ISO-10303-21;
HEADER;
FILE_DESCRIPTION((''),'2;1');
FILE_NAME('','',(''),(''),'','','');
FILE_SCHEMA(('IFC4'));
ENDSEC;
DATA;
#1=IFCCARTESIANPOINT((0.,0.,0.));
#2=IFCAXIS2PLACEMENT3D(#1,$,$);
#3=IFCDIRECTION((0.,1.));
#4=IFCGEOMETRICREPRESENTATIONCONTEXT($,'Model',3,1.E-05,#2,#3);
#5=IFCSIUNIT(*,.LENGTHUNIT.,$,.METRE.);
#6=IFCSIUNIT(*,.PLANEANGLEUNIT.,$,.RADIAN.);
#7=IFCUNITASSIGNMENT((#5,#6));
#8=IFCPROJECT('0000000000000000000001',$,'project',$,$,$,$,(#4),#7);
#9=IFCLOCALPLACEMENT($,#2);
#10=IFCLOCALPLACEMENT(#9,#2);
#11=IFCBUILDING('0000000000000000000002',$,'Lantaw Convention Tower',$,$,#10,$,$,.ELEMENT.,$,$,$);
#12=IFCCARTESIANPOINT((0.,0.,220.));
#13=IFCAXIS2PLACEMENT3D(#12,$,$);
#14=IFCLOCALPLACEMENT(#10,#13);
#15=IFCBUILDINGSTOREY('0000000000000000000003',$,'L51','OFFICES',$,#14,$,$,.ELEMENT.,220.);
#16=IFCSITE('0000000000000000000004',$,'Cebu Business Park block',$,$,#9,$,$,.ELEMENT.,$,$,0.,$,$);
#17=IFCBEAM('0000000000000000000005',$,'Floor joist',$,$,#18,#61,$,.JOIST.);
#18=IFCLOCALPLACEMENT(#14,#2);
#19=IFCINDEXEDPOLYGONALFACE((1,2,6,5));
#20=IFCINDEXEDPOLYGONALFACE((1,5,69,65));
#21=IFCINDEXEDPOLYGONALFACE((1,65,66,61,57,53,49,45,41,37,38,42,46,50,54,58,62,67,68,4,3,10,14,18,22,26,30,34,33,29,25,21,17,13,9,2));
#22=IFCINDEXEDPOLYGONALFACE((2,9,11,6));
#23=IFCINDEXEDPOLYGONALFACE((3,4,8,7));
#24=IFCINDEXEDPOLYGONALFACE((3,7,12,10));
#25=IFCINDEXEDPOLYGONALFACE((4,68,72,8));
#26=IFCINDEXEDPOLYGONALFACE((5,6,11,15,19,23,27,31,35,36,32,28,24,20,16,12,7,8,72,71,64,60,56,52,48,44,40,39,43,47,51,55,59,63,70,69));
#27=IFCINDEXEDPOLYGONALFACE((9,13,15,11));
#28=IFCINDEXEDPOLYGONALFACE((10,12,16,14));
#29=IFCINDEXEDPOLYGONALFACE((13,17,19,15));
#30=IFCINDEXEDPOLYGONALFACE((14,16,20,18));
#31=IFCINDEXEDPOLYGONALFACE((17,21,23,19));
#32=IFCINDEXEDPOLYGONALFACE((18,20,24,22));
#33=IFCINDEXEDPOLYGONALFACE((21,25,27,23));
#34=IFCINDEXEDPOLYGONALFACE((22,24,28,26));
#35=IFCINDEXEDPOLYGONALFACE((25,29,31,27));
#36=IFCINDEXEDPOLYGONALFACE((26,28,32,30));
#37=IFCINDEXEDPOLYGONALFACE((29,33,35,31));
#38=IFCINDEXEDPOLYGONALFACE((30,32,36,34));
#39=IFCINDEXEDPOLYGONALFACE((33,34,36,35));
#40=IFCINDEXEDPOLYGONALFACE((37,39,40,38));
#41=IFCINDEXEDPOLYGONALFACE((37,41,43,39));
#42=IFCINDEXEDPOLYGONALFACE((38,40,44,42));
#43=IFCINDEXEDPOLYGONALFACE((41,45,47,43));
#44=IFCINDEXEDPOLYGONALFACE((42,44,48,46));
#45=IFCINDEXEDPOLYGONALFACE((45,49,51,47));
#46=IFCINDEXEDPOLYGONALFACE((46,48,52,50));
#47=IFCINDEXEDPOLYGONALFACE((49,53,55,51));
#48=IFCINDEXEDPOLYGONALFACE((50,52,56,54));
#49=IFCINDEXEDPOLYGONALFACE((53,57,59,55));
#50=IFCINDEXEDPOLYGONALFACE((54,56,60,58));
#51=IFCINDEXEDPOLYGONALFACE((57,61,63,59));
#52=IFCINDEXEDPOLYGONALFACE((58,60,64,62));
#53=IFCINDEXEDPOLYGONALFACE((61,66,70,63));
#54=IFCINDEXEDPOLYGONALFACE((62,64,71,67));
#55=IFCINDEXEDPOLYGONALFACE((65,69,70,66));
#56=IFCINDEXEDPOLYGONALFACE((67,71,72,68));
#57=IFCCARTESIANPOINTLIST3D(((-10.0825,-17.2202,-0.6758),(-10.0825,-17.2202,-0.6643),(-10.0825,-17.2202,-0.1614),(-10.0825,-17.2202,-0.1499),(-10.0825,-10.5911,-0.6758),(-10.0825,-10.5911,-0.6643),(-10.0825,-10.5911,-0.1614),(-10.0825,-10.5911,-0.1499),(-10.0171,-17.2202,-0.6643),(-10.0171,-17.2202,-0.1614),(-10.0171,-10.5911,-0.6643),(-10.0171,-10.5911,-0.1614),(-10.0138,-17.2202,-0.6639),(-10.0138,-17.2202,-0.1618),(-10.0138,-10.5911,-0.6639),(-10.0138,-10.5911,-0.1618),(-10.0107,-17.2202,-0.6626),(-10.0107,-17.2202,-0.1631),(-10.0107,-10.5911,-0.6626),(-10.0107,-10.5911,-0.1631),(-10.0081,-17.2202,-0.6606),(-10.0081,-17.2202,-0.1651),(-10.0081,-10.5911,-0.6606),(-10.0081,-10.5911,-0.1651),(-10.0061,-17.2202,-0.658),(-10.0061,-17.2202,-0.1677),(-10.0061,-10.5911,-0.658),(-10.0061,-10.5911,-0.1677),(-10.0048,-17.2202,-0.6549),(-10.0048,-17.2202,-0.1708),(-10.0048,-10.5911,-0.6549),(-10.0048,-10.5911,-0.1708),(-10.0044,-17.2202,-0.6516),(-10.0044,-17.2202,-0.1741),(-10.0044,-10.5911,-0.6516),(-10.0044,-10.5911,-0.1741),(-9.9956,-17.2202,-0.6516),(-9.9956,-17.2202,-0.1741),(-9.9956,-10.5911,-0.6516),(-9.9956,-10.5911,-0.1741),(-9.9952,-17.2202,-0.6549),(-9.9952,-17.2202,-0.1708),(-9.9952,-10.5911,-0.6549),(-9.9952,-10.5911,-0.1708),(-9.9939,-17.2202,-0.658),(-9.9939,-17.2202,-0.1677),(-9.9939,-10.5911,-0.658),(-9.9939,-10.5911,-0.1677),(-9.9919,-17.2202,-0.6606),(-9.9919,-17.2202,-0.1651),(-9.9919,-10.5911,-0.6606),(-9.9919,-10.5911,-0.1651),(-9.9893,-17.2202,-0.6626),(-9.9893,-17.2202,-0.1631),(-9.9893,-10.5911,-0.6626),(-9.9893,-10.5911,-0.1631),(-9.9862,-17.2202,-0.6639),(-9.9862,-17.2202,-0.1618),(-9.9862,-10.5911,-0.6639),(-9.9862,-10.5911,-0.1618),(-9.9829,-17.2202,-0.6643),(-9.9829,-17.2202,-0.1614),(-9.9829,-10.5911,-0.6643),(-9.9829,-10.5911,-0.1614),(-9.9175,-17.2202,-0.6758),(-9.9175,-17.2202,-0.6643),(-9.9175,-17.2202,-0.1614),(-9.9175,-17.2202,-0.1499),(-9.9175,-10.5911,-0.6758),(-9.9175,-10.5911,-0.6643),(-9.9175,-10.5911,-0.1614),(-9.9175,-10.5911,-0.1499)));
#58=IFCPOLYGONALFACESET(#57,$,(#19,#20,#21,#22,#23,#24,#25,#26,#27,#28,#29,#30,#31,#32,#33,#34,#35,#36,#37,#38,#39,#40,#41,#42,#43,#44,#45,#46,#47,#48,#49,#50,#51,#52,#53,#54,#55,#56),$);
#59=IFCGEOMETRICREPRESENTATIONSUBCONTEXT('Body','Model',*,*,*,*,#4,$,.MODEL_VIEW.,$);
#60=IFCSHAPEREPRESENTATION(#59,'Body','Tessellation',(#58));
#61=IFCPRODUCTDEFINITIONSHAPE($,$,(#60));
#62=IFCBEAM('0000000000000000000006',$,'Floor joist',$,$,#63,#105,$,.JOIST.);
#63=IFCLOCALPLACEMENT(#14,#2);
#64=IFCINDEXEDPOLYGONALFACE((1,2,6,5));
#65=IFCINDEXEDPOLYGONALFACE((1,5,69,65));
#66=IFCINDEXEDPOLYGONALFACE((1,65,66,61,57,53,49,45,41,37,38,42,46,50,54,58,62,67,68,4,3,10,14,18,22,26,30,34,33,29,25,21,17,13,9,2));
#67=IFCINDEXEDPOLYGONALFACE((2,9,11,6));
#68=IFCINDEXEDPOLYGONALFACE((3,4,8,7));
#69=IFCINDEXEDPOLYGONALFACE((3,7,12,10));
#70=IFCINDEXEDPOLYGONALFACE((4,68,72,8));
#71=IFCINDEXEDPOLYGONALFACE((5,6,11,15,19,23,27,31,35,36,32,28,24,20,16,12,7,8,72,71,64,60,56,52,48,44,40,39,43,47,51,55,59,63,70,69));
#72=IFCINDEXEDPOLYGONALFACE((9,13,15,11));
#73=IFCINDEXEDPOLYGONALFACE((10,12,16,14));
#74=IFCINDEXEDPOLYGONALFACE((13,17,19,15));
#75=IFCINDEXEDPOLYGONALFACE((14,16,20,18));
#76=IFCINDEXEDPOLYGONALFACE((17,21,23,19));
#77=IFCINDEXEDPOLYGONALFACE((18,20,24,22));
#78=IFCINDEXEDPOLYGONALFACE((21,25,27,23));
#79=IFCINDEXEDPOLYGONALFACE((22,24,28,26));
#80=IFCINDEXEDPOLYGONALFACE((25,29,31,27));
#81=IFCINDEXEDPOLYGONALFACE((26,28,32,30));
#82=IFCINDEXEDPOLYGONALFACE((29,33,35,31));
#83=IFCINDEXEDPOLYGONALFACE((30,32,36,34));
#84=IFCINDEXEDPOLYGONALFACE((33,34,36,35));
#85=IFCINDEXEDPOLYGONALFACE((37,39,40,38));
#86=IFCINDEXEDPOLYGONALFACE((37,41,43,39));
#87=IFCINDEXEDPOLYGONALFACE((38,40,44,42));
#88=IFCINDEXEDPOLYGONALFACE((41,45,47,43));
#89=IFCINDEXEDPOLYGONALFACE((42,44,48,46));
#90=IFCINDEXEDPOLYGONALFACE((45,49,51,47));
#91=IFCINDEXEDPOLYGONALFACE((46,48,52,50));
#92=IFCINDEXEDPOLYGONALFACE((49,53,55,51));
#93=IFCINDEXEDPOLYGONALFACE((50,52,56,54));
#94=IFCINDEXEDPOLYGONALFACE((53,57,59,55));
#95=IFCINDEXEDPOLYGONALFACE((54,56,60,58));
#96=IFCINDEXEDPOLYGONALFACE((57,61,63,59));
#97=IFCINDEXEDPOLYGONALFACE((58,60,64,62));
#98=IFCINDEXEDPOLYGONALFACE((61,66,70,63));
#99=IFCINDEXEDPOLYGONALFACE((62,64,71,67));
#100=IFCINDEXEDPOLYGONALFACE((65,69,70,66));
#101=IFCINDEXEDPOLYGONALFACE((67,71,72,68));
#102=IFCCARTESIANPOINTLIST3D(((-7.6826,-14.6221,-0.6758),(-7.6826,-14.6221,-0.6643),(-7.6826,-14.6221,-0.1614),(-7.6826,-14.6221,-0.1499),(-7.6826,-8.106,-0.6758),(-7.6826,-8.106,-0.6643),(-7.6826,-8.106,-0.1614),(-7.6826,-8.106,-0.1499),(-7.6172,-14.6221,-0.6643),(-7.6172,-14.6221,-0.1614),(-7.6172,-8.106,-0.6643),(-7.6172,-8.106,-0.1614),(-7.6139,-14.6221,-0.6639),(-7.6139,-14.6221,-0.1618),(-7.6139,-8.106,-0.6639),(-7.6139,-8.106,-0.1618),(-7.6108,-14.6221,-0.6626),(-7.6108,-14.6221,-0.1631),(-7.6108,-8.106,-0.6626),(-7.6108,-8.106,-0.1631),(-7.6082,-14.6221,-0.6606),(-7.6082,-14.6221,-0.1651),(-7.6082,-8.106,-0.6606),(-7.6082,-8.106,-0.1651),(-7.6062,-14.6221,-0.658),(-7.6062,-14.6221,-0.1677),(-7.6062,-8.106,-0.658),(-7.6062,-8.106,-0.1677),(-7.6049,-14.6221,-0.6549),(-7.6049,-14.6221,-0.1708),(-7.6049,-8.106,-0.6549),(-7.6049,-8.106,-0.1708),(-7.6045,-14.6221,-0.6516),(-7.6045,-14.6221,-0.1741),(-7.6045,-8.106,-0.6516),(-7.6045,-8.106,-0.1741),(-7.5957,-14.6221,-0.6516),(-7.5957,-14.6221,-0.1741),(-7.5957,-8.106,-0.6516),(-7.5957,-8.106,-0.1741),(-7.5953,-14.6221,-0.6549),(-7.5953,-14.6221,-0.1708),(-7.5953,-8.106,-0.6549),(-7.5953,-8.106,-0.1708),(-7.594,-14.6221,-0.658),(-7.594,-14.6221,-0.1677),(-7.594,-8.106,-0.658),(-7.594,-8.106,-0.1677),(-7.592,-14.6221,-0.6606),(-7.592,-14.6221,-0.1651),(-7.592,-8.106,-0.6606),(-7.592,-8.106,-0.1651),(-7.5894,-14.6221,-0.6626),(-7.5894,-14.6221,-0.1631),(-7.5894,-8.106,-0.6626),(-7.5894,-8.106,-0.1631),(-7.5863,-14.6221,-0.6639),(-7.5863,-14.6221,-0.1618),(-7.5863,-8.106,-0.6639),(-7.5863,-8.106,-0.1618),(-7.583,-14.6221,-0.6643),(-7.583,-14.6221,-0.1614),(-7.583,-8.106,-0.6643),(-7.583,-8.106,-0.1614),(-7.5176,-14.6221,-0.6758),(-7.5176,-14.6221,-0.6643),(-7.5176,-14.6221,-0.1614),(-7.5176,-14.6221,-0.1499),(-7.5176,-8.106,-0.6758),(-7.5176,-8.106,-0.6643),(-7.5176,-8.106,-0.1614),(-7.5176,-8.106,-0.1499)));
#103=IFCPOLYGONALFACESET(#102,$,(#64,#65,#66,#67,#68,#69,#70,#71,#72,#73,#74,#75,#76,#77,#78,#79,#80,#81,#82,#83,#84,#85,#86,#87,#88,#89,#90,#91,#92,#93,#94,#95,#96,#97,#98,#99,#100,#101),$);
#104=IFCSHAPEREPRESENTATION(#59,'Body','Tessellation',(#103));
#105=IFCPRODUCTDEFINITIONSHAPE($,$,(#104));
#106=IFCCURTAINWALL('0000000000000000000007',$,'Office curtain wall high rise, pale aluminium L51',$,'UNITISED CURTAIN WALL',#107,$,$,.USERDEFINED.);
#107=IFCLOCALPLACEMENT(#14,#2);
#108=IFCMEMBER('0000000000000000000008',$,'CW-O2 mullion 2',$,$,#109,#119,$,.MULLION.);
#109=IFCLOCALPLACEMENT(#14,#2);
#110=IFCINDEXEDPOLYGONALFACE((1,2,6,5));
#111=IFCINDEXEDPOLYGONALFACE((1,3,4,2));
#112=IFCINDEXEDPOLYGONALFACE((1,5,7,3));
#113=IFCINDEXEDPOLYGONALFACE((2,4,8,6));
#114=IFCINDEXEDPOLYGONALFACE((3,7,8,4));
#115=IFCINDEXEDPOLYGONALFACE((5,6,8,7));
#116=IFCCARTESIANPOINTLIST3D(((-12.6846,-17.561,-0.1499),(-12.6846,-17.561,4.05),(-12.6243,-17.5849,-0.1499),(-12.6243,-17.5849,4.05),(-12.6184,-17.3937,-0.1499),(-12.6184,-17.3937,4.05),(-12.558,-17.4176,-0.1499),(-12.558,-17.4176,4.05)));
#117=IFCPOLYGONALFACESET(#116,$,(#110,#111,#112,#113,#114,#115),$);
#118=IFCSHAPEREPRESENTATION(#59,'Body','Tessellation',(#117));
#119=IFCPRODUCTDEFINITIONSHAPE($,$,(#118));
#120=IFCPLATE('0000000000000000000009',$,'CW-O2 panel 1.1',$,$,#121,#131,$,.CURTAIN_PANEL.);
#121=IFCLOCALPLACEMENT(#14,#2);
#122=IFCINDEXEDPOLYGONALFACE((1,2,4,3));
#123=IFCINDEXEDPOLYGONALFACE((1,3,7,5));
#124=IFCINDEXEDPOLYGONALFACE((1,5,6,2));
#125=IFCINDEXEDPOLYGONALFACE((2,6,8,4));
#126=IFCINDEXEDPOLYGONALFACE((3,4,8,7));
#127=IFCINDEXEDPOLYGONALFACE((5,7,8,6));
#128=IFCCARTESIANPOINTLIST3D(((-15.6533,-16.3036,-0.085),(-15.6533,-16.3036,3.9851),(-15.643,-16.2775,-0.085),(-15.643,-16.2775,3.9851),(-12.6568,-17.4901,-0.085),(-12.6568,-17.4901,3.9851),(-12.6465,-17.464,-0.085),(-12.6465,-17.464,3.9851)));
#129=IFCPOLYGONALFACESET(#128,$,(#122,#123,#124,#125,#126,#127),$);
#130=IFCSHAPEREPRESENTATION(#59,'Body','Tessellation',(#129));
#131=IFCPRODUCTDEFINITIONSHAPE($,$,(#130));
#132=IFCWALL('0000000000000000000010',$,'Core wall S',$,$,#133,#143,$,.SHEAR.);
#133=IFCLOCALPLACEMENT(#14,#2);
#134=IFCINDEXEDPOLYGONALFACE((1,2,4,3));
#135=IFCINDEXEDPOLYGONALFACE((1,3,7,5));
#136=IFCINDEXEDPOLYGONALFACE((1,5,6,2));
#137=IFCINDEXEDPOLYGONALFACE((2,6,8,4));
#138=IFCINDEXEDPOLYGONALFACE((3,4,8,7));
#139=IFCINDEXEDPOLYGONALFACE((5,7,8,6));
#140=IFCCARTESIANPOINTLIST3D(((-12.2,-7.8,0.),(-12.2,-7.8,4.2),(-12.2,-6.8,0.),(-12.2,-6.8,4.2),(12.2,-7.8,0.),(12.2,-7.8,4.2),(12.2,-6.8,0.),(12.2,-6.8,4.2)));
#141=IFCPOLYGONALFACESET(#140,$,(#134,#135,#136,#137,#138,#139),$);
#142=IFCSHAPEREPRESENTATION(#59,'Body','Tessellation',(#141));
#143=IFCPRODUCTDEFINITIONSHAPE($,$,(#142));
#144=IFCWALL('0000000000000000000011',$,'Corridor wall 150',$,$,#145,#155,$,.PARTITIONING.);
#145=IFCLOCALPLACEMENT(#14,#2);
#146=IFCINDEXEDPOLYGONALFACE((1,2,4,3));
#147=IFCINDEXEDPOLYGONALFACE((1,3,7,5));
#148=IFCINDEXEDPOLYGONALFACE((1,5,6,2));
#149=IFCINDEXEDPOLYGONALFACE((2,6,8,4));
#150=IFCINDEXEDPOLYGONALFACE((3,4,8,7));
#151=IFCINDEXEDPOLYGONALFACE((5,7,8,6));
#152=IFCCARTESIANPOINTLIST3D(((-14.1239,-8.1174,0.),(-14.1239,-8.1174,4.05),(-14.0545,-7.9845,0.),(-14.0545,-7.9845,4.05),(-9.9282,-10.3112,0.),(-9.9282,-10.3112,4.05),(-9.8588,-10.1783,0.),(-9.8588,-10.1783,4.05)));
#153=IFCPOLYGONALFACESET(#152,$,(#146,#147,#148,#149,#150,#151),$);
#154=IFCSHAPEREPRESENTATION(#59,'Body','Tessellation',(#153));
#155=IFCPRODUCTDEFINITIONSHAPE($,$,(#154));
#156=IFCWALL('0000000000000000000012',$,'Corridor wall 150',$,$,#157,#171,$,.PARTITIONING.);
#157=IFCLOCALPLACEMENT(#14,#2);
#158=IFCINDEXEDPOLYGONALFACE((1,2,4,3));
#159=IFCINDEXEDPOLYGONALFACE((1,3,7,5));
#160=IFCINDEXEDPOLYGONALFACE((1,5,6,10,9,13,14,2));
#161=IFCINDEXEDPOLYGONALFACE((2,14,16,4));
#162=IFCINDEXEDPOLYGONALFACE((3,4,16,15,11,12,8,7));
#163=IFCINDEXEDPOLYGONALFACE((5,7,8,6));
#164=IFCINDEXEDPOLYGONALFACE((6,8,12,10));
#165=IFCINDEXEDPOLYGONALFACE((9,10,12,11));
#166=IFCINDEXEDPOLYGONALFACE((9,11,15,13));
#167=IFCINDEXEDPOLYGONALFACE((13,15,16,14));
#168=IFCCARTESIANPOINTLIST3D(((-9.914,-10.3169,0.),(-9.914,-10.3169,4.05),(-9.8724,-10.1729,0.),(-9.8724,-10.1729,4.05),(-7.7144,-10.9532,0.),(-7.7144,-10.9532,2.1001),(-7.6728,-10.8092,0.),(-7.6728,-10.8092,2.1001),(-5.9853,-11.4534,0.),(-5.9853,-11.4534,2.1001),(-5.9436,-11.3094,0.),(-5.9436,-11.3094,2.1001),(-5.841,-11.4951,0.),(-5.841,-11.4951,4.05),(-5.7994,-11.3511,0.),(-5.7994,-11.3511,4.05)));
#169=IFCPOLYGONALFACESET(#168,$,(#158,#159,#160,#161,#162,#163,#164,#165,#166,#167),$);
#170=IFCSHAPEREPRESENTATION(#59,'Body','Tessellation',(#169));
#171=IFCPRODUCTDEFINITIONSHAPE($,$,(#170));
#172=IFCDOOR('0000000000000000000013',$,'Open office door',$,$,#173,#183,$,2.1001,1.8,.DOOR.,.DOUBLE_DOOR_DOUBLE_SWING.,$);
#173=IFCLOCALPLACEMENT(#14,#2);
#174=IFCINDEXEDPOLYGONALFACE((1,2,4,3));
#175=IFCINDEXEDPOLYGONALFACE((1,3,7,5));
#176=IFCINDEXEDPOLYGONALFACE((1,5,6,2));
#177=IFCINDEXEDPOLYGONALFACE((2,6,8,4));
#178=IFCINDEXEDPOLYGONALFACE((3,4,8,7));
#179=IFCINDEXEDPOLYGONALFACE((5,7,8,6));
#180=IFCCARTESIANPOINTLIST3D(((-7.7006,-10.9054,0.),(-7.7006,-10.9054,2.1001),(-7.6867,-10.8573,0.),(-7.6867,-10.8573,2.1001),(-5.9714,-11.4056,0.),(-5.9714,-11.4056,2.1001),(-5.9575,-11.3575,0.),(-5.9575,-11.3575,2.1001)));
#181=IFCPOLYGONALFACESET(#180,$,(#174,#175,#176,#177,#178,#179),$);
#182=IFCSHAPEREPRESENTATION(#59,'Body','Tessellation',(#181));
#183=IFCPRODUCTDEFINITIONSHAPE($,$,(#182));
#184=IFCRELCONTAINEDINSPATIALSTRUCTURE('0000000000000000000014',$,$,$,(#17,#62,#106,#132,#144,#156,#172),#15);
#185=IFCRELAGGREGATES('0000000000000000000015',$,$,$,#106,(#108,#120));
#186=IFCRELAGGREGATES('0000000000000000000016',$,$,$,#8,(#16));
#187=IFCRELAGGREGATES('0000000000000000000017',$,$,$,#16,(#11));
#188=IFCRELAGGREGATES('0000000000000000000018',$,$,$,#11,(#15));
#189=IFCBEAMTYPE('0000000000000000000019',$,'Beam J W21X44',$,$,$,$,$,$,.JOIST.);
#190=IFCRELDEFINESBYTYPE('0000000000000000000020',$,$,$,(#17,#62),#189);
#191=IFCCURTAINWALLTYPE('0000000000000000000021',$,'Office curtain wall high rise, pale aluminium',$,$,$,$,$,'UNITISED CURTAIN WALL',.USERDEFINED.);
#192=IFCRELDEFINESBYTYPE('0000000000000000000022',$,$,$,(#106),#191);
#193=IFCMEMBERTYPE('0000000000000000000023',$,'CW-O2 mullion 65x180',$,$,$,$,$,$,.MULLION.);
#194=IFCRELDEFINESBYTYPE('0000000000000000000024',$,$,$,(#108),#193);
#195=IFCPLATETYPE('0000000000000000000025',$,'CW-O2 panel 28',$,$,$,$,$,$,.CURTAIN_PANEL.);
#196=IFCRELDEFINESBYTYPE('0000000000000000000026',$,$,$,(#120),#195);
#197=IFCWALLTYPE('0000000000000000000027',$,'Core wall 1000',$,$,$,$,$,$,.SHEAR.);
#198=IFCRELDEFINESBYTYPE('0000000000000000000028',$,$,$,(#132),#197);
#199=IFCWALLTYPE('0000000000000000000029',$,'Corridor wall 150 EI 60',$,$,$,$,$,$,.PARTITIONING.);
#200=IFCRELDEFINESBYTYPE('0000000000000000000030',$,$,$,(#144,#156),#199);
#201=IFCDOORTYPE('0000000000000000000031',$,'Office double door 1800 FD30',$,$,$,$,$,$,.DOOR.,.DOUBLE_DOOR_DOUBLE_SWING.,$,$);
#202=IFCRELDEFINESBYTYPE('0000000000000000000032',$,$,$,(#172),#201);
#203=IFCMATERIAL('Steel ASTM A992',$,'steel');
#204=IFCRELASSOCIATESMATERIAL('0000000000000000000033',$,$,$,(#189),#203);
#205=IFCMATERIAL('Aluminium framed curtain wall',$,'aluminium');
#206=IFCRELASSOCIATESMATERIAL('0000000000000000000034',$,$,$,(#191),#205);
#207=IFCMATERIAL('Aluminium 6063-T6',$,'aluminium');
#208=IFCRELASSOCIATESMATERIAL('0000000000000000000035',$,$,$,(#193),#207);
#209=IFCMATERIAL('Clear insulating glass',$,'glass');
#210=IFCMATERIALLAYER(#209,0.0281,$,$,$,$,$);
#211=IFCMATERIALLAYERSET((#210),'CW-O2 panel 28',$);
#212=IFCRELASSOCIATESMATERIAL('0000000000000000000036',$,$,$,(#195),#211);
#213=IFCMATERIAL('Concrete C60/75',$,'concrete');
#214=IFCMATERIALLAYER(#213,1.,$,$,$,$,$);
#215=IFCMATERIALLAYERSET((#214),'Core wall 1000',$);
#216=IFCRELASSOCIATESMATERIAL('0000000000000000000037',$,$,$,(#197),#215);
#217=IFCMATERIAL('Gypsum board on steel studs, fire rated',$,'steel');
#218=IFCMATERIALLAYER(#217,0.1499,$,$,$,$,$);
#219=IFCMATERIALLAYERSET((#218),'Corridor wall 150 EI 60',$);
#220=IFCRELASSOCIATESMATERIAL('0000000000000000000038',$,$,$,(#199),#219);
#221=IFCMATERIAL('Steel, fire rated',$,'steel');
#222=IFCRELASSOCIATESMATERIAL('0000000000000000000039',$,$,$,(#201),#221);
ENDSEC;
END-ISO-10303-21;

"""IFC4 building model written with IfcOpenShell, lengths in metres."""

from ifc_helpers import new_model, si_unit, direction, frame, frame_2d, origin, origin_2d, place, context, subcontext, project, spatial, rectangle, i_section, extrude, material, layer, layer_set, material_profile, profile_set, type_object, element, fill, aggregate, save


model = new_model("IFC4")

# Units and contexts
model_context = context("Model", 3, precision=1e-05, world=origin(), true_north=direction((0.0, 1.0)))
body_context = subcontext(model_context, "Body", "Model", "MODEL_VIEW")
ifc_project = project(units=[si_unit("LENGTHUNIT", "METRE"), si_unit("PLANEANGLEUNIT", "RADIAN")], contexts=[model_context])

# Site, building, storey
site_placement = place(None, origin())
site = spatial("IfcSite", under=ifc_project, at=site_placement, Name="Cebu Business Park block", CompositionType="ELEMENT", RefElevation=0.0)
building_placement = place(site_placement, origin())
building = spatial("IfcBuilding", under=site, at=building_placement, Name="Lantaw Convention Tower", CompositionType="ELEMENT")
storey_placement = place(building_placement, frame((0.0, 0.0, 220.0)))
storey = spatial("IfcBuildingStorey", under=building, at=storey_placement, Name="L51", Description="OFFICES", CompositionType="ELEMENT", Elevation=220.0)

# Shared definitions
ifc_material_1 = material(Name="Concrete C60/75", Category="concrete")

# Beams
ifc_material_2 = material(Name="Steel ASTM A992", Category="steel")
ifc_material_profile_1 = material_profile(ifc_material_2, i_section(OverallWidth=0.165, OverallDepth=0.5259, WebThickness=0.0088, FlangeThickness=0.0115, FilletRadius=0.0127, at=origin_2d()), Name="W21X44")
ifc_profile_set_1 = profile_set([ifc_material_profile_1], Name="Steel ASTM A992")
beam_type_1 = type_object("IfcBeamType", Name="Beam J W21X44", PredefinedType="JOIST", material=ifc_profile_set_1)
beam_1_placement = place(storey_placement, frame((-10.0, -17.2202, -0.4128), z_axis=(0.0, 1.0, 0.0), x_axis=(-1.0, 0.0, 0.0)))
element("IfcBeam", 1, at=beam_1_placement, inside=storey, type_object=beam_type_1, Name="Floor joist", PredefinedType="JOIST", context=body_context, shape_type="SweptSolid", body=[
    extrude(i_section(OverallWidth=0.165, OverallDepth=0.5259, WebThickness=0.0088, FlangeThickness=0.0115, FilletRadius=0.0127, at=origin_2d()), origin(), (0.0, 0.0, 1.0), 6.6292),
])
beam_2_placement = place(storey_placement, frame((-7.6001, -14.6221, -0.4128), z_axis=(0.0, 1.0, 0.0), x_axis=(-1.0, 0.0, 0.0)))
element("IfcBeam", 2, at=beam_2_placement, inside=storey, type_object=beam_type_1, Name="Floor joist", PredefinedType="JOIST", context=body_context, shape_type="SweptSolid", body=[
    extrude(i_section(OverallWidth=0.165, OverallDepth=0.5259, WebThickness=0.0088, FlangeThickness=0.0115, FilletRadius=0.0127, at=origin_2d()), origin(), (0.0, 0.0, 1.0), 6.5161),
])

# Curtain wall, member, plate
ifc_material_3 = material(Name="Aluminium framed curtain wall", Category="aluminium")
curtain_wall_type = type_object("IfcCurtainWallType", Name="Office curtain wall high rise, pale aluminium", ElementType="UNITISED CURTAIN WALL", PredefinedType="USERDEFINED", material=ifc_material_3)
curtain_wall_placement = place(storey_placement, origin())
curtain_wall = element("IfcCurtainWall", 3, at=curtain_wall_placement, inside=storey, type_object=curtain_wall_type, Name="Office curtain wall high rise, pale aluminium L51", ObjectType="UNITISED CURTAIN WALL", PredefinedType="USERDEFINED")
ifc_material_4 = material(Name="Aluminium 6063-T6", Category="aluminium")
ifc_material_profile_2 = material_profile(ifc_material_4, rectangle(XDim=0.1799, YDim=0.0649, at=origin_2d()), Name="CW-O2 mullion 65x180")
ifc_profile_set_2 = profile_set([ifc_material_profile_2], Name="Aluminium 6063-T6")
member_type = type_object("IfcMemberType", Name="CW-O2 mullion 65x180", PredefinedType="MULLION", material=ifc_profile_set_2)
member_placement = place(storey_placement, frame((-12.6213, -17.4893, -0.1499), z_axis=(0.0, 0.0, 1.0), x_axis=(0.368162, 0.929762, 0.0)))
member = element("IfcMember", 4, at=member_placement, type_object=member_type, Name="CW-O2 mullion 2", PredefinedType="MULLION", context=body_context, shape_type="SweptSolid", body=[
    extrude(rectangle(XDim=0.1799, YDim=0.0649, at=origin_2d()), origin(), (0.0, 0.0, 1.0), 4.2),
])
ifc_material_5 = material(Name="Clear insulating glass", Category="glass")
ifc_layer_1 = layer(ifc_material_5, 0.0281)
ifc_layer_set_1 = layer_set([ifc_layer_1], Name="CW-O2 panel 28")
plate_type = type_object("IfcPlateType", Name="CW-O2 panel 28", PredefinedType="CURTAIN_PANEL", material=ifc_layer_set_1)
plate_placement = place(storey_placement, frame((-14.1499, -16.8838, -0.085), z_axis=(0.0, 0.0, 1.0), x_axis=(0.929762, -0.368162, 0.0)))
plate = element("IfcPlate", 5, at=plate_placement, type_object=plate_type, Name="CW-O2 panel 1.1", PredefinedType="CURTAIN_PANEL", context=body_context, shape_type="SweptSolid", body=[
    extrude(rectangle(XDim=3.2229, YDim=0.0281, at=origin_2d()), origin(), (0.0, 0.0, 1.0), 4.0701),
])
aggregate(curtain_wall, [member, plate])

# Walls
ifc_layer_2 = layer(ifc_material_1, 1.0)
ifc_layer_set_2 = layer_set([ifc_layer_2], Name="Core wall 1000")
wall_type_1 = type_object("IfcWallType", Name="Core wall 1000", PredefinedType="SHEAR", material=ifc_layer_set_2)
wall_1_placement = place(storey_placement, frame((-12.2, -7.3, 0.0), z_axis=(0.0, 0.0, 1.0), x_axis=(1.0, 0.0, 0.0)))
element("IfcWall", 6, at=wall_1_placement, inside=storey, type_object=wall_type_1, Name="Core wall S", PredefinedType="SHEAR", context=body_context, shape_type="SweptSolid", body=[
    extrude(rectangle(XDim=24.3999, YDim=1.0, at=frame_2d((12.2, 0.0))), origin(), (0.0, 0.0, 1.0), 4.2),
])
ifc_material_6 = material(Name="Gypsum board on steel studs, fire rated", Category="steel")
ifc_layer_3 = layer(ifc_material_6, 0.1499)
ifc_layer_set_3 = layer_set([ifc_layer_3], Name="Corridor wall 150 EI 60")
wall_type_2 = type_object("IfcWallType", Name="Corridor wall 150 EI 60", PredefinedType="PARTITIONING", material=ifc_layer_set_3)
wall_2_placement = place(storey_placement, frame((-14.0891, -8.051, 0.0), z_axis=(0.0, 0.0, 1.0), x_axis=(0.886174, -0.463352, 0.0)))
element("IfcWall", 7, at=wall_2_placement, inside=storey, type_object=wall_type_2, Name="Corridor wall 150", PredefinedType="PARTITIONING", context=body_context, shape_type="SweptSolid", body=[
    extrude(rectangle(XDim=4.7346, YDim=0.1499, at=frame_2d((2.3672, 0.0))), origin(), (0.0, 0.0, 1.0), 4.05),
])

# Wall, opening, door
wall_3_placement = place(storey_placement, frame((-9.8933, -10.2449, 0.0), z_axis=(0.0, 0.0, 1.0), x_axis=(0.960615, -0.277883, 0.0)))
wall_3 = element("IfcWall", 8, at=wall_3_placement, inside=storey, type_object=wall_type_2, Name="Corridor wall 150", PredefinedType="PARTITIONING", context=body_context, shape_type="SweptSolid", body=[
    extrude(rectangle(XDim=4.24, YDim=0.1499, at=frame_2d((2.1201, 0.0))), origin(), (0.0, 0.0, 1.0), 4.05),
])
opening_placement = place(wall_3_placement, frame((2.29, 0.0, 0.0)))
opening = element("IfcOpeningElement", 9, at=opening_placement, cuts=wall_3, PredefinedType="OPENING", context=body_context, shape_type="SweptSolid", body=[
    extrude(rectangle(XDim=1.8, YDim=2.1001, at=frame_2d((0.8999, 1.05))), frame((0.0, 0.085, 0.0), z_axis=(0.0, -1.0, 0.0), x_axis=(1.0, 0.0, 0.0)), (0.0, 0.0, 1.0), 0.1699),
])
ifc_material_7 = material(Name="Steel, fire rated", Category="steel")
door_type = type_object("IfcDoorType", Name="Office double door 1800 FD30", OperationType="DOUBLE_DOOR_DOUBLE_SWING", PredefinedType="DOOR", material=ifc_material_7)
door_placement = place(opening_placement, origin())
door = element("IfcDoor", 10, at=door_placement, inside=storey, type_object=door_type, Name="Open office door", OperationType="DOUBLE_DOOR_DOUBLE_SWING", OverallHeight=2.1001, OverallWidth=1.8, PredefinedType="DOOR", context=body_context, shape_type="SweptSolid", body=[
    extrude(rectangle(XDim=1.8, YDim=2.1001, at=frame_2d((0.8999, 1.05))), frame((0.0, 0.0249, 0.0), z_axis=(0.0, -1.0, 0.0), x_axis=(1.0, 0.0, 0.0)), (0.0, 0.0, 1.0), 0.05),
])
fill(opening, door)

save(model, "model.ifc")
